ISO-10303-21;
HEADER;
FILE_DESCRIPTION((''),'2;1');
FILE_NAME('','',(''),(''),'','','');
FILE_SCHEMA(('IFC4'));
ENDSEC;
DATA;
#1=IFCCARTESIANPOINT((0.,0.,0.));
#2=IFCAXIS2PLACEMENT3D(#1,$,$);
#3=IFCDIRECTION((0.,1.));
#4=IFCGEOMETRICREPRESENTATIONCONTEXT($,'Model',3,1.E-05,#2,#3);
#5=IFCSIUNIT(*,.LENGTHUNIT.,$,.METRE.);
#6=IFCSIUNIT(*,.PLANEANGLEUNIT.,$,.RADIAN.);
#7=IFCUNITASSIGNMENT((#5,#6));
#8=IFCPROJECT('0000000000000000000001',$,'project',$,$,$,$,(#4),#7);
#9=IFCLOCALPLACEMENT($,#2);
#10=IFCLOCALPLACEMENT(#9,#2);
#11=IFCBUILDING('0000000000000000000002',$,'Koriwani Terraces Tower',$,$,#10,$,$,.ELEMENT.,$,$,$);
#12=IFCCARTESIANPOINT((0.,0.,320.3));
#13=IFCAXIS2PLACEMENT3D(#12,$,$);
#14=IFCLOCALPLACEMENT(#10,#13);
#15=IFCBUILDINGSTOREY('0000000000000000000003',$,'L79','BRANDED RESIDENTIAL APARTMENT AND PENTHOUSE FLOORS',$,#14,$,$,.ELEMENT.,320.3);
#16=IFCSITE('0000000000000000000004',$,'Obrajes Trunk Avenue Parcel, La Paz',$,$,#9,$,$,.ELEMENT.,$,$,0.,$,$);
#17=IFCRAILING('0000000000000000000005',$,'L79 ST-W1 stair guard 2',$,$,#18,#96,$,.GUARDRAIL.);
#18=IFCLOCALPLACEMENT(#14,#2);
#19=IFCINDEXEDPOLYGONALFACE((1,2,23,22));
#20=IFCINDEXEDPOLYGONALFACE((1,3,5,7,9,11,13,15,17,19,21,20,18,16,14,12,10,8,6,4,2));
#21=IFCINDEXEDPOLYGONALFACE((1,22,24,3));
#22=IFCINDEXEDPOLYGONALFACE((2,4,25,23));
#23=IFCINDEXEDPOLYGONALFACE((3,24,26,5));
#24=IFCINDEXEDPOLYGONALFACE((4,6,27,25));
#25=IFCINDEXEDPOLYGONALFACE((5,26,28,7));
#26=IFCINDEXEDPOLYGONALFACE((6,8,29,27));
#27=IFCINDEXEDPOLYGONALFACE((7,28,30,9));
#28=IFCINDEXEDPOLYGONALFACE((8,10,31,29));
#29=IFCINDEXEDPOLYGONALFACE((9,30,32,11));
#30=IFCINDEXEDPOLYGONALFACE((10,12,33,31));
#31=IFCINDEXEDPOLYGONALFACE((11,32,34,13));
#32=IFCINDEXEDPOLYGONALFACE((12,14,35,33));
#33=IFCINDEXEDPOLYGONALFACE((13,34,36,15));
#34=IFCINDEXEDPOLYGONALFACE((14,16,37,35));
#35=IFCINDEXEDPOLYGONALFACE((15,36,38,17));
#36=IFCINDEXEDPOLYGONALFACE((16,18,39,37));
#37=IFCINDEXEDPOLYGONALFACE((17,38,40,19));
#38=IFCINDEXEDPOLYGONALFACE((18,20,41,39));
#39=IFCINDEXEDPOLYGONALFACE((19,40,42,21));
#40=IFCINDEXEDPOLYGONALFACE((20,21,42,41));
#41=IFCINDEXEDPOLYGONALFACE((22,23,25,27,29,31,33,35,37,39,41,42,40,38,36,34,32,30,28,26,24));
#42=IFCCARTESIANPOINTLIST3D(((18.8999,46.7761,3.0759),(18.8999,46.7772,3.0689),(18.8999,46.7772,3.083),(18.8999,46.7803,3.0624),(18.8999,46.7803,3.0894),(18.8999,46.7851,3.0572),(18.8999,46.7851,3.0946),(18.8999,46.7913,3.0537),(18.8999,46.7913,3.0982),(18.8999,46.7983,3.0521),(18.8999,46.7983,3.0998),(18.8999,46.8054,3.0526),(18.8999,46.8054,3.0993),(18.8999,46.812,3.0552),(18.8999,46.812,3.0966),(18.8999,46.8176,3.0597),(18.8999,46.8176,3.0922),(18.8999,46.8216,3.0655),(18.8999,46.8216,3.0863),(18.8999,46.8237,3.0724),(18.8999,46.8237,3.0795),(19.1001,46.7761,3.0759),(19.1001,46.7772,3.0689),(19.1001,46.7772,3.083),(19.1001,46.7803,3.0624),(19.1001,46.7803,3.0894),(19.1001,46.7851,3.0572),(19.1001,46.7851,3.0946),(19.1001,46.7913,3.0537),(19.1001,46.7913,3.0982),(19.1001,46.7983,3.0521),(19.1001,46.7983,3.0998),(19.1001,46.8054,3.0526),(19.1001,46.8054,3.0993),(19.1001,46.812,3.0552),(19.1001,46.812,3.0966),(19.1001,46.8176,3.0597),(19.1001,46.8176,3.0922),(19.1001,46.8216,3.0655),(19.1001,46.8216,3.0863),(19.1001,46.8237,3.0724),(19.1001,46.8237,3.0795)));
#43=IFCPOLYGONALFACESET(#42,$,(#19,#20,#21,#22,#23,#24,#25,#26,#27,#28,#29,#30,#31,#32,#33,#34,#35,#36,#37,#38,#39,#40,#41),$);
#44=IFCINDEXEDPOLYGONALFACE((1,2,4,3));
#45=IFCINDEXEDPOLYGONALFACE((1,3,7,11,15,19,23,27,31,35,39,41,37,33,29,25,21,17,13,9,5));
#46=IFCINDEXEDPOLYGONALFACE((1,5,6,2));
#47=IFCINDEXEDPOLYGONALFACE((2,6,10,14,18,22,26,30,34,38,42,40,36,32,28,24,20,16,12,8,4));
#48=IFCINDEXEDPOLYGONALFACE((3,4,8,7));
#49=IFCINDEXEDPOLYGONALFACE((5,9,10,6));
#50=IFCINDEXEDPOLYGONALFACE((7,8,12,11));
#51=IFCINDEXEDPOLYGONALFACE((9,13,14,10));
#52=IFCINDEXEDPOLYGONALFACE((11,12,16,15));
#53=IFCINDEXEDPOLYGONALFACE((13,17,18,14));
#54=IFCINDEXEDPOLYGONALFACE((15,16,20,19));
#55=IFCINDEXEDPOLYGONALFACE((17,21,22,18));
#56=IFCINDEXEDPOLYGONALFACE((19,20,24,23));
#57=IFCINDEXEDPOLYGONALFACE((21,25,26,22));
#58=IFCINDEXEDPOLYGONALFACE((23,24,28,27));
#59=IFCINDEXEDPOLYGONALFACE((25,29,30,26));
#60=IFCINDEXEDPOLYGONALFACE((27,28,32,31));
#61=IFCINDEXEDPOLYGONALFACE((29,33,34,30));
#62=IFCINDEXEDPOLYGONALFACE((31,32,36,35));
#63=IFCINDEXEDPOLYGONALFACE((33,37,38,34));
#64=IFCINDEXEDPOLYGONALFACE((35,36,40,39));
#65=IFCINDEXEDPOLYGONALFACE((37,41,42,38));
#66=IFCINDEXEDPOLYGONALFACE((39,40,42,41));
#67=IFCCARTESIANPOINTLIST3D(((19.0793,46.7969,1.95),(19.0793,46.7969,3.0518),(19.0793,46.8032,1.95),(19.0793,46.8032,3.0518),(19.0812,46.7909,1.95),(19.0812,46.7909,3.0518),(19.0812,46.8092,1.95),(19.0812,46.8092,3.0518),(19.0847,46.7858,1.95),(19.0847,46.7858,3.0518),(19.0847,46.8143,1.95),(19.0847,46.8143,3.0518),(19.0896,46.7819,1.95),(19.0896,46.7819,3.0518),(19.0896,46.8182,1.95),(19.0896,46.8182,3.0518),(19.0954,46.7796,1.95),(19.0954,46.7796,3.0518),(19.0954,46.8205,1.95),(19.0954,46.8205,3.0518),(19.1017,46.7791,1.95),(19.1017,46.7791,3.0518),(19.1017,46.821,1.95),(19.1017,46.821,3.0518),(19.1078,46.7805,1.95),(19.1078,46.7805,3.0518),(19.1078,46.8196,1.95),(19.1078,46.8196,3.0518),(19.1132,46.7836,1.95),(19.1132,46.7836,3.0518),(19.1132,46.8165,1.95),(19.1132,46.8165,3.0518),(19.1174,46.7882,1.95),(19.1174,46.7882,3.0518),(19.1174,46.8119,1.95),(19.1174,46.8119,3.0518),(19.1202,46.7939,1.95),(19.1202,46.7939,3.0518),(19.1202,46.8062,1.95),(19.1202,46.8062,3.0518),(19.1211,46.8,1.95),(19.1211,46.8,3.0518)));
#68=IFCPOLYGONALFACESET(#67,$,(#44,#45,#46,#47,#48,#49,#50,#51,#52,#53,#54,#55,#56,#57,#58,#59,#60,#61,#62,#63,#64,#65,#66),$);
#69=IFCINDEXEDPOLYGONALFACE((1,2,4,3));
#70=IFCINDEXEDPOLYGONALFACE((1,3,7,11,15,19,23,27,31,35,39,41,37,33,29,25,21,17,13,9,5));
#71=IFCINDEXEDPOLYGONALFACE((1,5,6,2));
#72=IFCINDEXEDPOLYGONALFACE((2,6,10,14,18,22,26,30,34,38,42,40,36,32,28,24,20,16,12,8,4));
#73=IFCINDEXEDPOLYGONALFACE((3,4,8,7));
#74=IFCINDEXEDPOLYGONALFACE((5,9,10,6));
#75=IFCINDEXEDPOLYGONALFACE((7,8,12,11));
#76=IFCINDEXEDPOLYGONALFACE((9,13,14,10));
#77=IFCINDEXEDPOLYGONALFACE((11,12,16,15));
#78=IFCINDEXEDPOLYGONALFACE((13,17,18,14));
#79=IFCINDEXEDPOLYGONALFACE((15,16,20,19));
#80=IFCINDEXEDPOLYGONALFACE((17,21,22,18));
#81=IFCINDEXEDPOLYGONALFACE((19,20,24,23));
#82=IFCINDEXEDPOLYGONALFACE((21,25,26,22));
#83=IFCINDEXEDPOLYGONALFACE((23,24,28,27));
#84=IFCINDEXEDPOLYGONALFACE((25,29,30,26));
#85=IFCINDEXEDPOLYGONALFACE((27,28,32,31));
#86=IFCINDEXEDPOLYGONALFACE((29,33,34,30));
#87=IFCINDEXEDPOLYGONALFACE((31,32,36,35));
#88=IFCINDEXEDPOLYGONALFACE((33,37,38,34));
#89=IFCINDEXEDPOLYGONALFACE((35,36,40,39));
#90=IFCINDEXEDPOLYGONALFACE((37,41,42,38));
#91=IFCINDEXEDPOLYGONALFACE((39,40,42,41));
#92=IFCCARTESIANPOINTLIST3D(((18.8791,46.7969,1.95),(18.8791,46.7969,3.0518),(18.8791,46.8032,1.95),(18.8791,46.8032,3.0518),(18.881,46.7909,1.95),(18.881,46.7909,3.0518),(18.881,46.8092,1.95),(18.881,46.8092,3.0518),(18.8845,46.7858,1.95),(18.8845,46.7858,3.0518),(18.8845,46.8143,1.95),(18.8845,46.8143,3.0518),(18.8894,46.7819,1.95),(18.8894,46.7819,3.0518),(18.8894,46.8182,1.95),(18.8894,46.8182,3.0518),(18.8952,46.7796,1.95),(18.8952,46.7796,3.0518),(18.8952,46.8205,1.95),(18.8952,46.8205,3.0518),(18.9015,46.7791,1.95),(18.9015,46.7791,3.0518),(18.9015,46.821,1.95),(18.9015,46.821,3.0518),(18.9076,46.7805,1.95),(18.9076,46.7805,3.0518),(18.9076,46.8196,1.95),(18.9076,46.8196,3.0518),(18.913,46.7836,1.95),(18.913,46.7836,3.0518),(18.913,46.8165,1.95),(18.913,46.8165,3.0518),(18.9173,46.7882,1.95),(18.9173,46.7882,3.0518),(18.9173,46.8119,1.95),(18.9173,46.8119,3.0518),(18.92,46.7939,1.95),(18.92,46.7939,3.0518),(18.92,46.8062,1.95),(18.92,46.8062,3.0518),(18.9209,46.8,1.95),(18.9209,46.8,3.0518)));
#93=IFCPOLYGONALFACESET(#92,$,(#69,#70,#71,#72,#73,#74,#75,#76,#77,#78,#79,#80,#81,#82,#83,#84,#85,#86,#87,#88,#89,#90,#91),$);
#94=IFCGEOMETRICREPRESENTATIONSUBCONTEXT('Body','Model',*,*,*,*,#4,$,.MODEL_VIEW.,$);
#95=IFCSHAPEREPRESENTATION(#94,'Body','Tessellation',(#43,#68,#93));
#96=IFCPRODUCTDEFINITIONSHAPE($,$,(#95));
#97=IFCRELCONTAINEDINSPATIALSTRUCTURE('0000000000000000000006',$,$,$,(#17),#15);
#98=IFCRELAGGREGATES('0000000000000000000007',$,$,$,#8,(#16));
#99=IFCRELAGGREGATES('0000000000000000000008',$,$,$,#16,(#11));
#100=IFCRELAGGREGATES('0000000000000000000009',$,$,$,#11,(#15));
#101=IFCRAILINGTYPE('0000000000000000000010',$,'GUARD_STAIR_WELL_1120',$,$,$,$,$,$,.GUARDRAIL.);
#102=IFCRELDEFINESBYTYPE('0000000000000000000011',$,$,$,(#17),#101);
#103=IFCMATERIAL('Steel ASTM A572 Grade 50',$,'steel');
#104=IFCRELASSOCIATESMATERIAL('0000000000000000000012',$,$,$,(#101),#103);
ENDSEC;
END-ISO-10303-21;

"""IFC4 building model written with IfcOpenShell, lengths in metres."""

from ifc_helpers import new_model, si_unit, direction, frame, origin, origin_2d, place, context, subcontext, project, spatial, circle, extrude, material, type_object, element, save


model = new_model("IFC4")

# Units and contexts
model_context = context("Model", 3, precision=1e-05, world=origin(), true_north=direction((0.0, 1.0)))
body_context = subcontext(model_context, "Body", "Model", "MODEL_VIEW")
ifc_project = project(units=[si_unit("LENGTHUNIT", "METRE"), si_unit("PLANEANGLEUNIT", "RADIAN")], contexts=[model_context])

# Site, building, storey
site_placement = place(None, origin())
site = spatial("IfcSite", under=ifc_project, at=site_placement, Name="Obrajes Trunk Avenue Parcel, La Paz", CompositionType="ELEMENT", RefElevation=0.0)
building_placement = place(site_placement, origin())
building = spatial("IfcBuilding", under=site, at=building_placement, Name="Koriwani Terraces Tower", CompositionType="ELEMENT")
storey_placement = place(building_placement, frame((0.0, 0.0, 320.3)))
storey = spatial("IfcBuildingStorey", under=building, at=storey_placement, Name="L79", Description="BRANDED RESIDENTIAL APARTMENT AND PENTHOUSE FLOORS", CompositionType="ELEMENT", Elevation=320.3)

# Shared definitions
ifc_material_1 = material(Name="Steel ASTM A572 Grade 50", Category="steel")

# Railing
railing_type_1 = type_object("IfcRailingType", Name="GUARD_STAIR_WELL_1120", PredefinedType="GUARDRAIL", material=ifc_material_1)
railing_1_placement = place(storey_placement, frame((19.1001, 46.8, 1.95)))
element("IfcRailing", 1, at=railing_1_placement, inside=storey, type_object=railing_type_1, Name="L79 ST-W1 stair guard 2", PredefinedType="GUARDRAIL", context=body_context, shape_type="SweptSolid", body=[
    extrude(circle(Radius=0.0239, at=origin_2d()), frame((0.0, 0.0, 1.126), z_axis=(-1.0, 0.0, 0.0), x_axis=(0.0, -1.0, 0.0)), (0.0, 0.0, 1.0), 0.2002),
    extrude(circle(Radius=0.021, at=origin_2d()), origin(), (0.0, 0.0, 1.0), 1.1018),
    extrude(circle(Radius=0.021, at=origin_2d()), frame((-0.2002, 0.0, 0.0)), (0.0, 0.0, 1.0), 1.1018),
])

save(model, "model.ifc")
